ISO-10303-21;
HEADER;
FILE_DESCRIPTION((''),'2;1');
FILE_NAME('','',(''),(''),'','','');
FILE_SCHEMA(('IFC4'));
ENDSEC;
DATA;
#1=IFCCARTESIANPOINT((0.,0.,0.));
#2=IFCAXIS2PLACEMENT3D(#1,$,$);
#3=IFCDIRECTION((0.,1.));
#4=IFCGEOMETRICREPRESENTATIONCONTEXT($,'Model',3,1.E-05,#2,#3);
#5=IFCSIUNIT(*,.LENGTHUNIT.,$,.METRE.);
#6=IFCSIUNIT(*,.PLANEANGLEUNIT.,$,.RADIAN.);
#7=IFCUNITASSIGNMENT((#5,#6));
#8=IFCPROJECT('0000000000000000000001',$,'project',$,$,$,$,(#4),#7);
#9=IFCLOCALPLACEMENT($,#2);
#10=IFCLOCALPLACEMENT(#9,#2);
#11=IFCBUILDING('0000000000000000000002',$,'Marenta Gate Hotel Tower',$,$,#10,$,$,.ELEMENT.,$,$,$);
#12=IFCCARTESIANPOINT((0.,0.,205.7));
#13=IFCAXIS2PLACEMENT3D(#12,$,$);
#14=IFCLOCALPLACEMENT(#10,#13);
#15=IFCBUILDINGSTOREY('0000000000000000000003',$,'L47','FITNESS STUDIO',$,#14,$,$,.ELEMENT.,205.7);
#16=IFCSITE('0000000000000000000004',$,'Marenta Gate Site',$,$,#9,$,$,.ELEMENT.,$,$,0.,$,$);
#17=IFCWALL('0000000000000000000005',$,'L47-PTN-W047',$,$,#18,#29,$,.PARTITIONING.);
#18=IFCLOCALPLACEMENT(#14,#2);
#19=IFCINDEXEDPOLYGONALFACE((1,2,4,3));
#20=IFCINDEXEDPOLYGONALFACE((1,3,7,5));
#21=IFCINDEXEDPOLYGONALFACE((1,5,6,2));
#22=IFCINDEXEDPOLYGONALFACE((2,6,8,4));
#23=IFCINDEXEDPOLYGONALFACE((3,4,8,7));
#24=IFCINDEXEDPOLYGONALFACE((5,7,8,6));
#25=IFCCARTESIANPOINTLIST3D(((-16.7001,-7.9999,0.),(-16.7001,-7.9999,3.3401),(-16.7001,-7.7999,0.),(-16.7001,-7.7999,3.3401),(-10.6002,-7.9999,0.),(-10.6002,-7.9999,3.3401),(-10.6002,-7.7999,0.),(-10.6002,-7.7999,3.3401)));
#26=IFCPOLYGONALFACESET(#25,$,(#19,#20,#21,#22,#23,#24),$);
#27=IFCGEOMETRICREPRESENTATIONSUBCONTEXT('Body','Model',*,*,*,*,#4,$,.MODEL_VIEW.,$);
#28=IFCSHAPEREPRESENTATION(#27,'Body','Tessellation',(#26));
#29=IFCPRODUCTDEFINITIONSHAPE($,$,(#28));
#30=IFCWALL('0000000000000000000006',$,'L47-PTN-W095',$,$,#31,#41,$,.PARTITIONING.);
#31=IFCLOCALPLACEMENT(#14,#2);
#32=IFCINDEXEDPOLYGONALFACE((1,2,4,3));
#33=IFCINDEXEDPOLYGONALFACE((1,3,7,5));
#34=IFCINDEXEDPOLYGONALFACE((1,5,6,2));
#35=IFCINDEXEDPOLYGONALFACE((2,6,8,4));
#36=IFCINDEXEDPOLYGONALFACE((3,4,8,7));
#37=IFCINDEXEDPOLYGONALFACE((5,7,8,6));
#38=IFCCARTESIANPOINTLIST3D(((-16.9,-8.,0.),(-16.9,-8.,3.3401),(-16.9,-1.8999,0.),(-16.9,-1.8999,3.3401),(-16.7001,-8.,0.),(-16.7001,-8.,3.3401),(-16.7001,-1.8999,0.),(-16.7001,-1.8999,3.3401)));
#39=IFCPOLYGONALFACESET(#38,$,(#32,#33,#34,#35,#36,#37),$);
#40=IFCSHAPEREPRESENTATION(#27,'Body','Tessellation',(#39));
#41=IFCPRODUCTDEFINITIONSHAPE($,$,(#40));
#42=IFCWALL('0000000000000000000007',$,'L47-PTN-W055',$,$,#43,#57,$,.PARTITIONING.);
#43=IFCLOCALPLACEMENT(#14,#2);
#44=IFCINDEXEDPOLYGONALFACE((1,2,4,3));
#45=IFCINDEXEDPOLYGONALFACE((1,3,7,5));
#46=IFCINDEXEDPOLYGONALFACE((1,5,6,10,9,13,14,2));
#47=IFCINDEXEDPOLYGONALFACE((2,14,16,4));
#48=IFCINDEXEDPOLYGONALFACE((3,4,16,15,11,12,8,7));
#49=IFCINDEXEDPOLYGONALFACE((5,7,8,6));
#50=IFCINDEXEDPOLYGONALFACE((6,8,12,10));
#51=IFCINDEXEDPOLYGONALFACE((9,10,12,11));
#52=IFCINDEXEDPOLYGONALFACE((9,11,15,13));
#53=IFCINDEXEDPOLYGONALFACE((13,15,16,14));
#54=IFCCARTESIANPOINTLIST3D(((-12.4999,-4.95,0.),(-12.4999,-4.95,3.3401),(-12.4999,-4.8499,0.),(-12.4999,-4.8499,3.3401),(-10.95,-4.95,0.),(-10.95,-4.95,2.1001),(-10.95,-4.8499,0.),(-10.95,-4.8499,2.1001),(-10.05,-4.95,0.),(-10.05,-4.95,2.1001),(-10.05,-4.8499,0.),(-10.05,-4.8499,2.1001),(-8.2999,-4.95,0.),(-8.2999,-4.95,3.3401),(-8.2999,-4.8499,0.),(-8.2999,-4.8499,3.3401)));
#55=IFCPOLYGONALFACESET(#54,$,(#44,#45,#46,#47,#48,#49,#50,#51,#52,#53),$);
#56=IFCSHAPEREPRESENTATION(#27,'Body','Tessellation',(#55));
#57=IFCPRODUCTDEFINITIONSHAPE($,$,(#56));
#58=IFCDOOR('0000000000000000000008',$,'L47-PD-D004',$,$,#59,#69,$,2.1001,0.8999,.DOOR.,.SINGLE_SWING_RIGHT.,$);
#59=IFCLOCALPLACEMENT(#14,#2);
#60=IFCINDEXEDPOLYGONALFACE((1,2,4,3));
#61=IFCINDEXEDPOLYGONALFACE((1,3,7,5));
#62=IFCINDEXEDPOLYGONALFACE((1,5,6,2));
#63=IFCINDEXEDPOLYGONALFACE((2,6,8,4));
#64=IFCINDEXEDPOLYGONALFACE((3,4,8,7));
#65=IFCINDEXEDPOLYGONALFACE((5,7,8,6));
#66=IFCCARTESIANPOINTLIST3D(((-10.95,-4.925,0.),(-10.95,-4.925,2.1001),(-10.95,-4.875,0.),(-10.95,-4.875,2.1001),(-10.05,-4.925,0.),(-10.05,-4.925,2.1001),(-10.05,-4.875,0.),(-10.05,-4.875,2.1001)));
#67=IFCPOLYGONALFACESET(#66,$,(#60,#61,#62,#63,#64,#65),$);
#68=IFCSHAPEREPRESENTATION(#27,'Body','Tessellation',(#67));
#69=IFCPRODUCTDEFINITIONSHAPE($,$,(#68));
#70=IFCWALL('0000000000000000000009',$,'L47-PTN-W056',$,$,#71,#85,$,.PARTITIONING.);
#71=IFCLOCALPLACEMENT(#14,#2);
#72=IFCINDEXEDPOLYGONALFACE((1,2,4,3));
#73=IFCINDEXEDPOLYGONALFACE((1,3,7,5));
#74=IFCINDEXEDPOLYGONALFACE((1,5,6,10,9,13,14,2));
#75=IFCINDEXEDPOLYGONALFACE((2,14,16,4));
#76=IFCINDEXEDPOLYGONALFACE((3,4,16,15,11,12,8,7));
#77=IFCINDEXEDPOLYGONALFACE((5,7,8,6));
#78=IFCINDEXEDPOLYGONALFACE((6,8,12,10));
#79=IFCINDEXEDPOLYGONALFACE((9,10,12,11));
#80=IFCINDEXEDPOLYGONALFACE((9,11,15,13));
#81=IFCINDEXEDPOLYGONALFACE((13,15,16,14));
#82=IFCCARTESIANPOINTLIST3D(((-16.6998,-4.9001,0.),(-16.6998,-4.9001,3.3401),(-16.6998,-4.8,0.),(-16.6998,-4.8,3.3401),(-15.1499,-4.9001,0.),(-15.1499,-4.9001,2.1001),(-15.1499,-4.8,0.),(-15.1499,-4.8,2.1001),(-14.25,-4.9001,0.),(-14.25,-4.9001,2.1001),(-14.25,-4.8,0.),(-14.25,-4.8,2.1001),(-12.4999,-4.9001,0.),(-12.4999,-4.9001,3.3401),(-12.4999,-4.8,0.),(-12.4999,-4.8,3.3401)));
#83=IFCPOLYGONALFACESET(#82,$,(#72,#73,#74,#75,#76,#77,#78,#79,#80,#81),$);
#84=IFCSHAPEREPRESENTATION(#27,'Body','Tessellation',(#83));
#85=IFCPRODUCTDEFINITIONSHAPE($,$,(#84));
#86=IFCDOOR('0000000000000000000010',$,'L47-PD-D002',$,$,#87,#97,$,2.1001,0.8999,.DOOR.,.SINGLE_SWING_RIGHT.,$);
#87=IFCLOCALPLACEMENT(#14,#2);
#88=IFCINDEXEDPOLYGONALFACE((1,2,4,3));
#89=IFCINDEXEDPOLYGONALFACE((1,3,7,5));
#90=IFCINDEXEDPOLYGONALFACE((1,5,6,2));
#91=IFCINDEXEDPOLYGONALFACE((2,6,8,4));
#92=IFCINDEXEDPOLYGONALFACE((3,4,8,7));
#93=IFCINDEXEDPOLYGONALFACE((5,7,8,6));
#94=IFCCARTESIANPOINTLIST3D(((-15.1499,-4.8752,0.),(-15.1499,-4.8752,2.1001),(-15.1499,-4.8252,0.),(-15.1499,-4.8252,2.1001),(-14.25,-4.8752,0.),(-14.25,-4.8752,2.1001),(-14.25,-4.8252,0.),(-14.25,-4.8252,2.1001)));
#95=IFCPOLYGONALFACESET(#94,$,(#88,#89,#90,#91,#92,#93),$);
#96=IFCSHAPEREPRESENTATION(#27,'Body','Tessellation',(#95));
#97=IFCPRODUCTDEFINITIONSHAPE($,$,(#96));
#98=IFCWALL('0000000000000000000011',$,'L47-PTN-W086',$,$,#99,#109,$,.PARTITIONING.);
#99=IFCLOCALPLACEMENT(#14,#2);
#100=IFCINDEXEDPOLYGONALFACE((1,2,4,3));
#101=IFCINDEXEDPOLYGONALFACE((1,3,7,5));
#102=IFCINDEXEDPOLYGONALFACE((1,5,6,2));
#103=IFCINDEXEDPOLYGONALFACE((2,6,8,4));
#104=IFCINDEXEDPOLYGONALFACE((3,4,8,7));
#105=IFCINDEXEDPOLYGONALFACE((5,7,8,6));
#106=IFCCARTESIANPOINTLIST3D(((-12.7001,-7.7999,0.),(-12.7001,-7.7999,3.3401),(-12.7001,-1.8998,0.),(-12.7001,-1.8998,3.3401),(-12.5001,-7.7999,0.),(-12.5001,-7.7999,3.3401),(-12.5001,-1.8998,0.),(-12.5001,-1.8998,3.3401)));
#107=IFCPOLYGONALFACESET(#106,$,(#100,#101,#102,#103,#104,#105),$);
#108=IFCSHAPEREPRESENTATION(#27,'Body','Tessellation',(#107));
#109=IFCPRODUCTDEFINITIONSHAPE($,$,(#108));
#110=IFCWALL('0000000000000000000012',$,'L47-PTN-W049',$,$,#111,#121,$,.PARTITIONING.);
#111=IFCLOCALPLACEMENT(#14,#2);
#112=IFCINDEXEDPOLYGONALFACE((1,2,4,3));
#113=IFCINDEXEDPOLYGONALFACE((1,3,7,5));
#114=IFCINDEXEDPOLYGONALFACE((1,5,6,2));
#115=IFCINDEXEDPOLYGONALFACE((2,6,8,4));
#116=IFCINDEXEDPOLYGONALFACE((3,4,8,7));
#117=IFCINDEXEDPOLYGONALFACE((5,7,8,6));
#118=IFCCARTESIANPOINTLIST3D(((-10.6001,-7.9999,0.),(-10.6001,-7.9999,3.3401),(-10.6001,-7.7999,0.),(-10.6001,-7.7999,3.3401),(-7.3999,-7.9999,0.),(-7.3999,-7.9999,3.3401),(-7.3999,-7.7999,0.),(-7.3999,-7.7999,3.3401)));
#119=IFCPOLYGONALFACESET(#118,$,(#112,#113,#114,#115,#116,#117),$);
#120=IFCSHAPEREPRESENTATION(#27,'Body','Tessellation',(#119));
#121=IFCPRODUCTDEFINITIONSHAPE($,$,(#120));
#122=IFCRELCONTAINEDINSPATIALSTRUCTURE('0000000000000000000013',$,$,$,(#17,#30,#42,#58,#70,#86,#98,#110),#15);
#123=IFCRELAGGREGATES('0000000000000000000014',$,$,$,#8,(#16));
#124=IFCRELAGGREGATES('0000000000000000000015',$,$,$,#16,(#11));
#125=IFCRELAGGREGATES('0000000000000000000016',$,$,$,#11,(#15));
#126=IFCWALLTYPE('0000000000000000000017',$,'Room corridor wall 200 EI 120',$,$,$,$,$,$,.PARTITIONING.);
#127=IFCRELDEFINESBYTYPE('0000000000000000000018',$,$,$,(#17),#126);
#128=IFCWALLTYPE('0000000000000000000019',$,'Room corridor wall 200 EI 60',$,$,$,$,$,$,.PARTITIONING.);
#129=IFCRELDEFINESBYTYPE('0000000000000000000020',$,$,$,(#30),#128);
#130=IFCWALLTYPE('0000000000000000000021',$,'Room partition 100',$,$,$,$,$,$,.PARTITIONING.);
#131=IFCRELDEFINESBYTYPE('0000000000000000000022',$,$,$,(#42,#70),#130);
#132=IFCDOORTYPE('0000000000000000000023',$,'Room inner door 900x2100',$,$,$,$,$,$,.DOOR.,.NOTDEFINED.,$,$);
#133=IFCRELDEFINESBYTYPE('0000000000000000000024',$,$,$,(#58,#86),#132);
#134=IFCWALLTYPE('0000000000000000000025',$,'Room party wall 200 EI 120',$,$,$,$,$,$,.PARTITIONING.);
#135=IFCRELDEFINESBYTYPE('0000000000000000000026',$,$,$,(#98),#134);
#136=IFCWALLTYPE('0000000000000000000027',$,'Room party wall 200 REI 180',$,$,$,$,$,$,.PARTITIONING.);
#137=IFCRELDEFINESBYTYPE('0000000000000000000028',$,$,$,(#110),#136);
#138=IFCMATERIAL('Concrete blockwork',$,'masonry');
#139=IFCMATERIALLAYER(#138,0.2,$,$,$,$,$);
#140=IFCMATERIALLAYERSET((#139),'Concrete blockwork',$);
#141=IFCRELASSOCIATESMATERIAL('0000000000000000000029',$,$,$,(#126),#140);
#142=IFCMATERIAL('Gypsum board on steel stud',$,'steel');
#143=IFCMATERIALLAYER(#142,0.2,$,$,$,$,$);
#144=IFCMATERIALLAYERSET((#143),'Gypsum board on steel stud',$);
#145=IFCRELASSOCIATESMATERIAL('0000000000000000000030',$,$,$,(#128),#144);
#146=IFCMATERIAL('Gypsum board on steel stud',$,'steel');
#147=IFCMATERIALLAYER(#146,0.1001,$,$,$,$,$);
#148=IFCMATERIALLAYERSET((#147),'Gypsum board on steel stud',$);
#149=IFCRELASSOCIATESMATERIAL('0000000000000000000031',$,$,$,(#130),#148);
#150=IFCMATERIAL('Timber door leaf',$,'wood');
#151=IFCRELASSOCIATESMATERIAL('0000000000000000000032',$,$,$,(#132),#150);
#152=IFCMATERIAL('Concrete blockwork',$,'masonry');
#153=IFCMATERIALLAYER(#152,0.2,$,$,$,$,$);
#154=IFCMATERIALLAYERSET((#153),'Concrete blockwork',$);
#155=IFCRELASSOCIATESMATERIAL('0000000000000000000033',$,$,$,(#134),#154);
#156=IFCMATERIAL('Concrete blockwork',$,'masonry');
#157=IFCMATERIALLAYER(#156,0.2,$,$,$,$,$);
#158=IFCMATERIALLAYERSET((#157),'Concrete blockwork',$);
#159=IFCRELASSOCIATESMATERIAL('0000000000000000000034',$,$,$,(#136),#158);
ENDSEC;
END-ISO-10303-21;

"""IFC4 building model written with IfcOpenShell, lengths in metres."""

from ifc_helpers import new_model, si_unit, direction, frame, frame_2d, origin, place, context, subcontext, project, spatial, rectangle, extrude, material, layer, layer_set, type_object, element, fill, save


model = new_model("IFC4")

# Units and contexts
model_context = context("Model", 3, precision=1e-05, world=origin(), true_north=direction((0.0, 1.0)))
body_context = subcontext(model_context, "Body", "Model", "MODEL_VIEW")
ifc_project = project(units=[si_unit("LENGTHUNIT", "METRE"), si_unit("PLANEANGLEUNIT", "RADIAN")], contexts=[model_context])

# Site, building, storey
site_placement = place(None, origin())
site = spatial("IfcSite", under=ifc_project, at=site_placement, Name="Marenta Gate Site", CompositionType="ELEMENT", RefElevation=0.0)
building_placement = place(site_placement, origin())
building = spatial("IfcBuilding", under=site, at=building_placement, Name="Marenta Gate Hotel Tower", CompositionType="ELEMENT")
storey_placement = place(building_placement, frame((0.0, 0.0, 205.7)))
storey = spatial("IfcBuildingStorey", under=building, at=storey_placement, Name="L47", Description="FITNESS STUDIO", CompositionType="ELEMENT", Elevation=205.7)

# Wall
ifc_material_1 = material(Name="Concrete blockwork", Category="masonry")
ifc_layer_1 = layer(ifc_material_1, 0.2)
ifc_layer_set_1 = layer_set([ifc_layer_1], Name="Concrete blockwork")
wall_type_1 = type_object("IfcWallType", Name="Room corridor wall 200 EI 120", PredefinedType="PARTITIONING", material=ifc_layer_set_1)
wall_1_placement = place(storey_placement, frame((-16.7, -7.8999, 0.0), z_axis=(0.0, 0.0, 1.0), x_axis=(1.0, 0.0, 0.0)))
element("IfcWall", 1, at=wall_1_placement, inside=storey, type_object=wall_type_1, Name="L47-PTN-W047", PredefinedType="PARTITIONING", context=body_context, shape_type="SweptSolid", body=[
    extrude(rectangle(XDim=6.0999, YDim=0.2, at=frame_2d((3.0498, 0.0))), origin(), (0.0, 0.0, 1.0), 3.3401),
])

# Wall
ifc_material_2 = material(Name="Gypsum board on steel stud", Category="steel")
ifc_layer_2 = layer(ifc_material_2, 0.2)
ifc_layer_set_2 = layer_set([ifc_layer_2], Name="Gypsum board on steel stud")
wall_type_2 = type_object("IfcWallType", Name="Room corridor wall 200 EI 60", PredefinedType="PARTITIONING", material=ifc_layer_set_2)
wall_2_placement = place(storey_placement, frame((-16.8, -8.0, 0.0), z_axis=(0.0, 0.0, 1.0), x_axis=(0.0, 1.0, 0.0)))
element("IfcWall", 2, at=wall_2_placement, inside=storey, type_object=wall_type_2, Name="L47-PTN-W095", PredefinedType="PARTITIONING", context=body_context, shape_type="SweptSolid", body=[
    extrude(rectangle(XDim=6.1001, YDim=0.2, at=frame_2d((3.05, 0.0))), origin(), (0.0, 0.0, 1.0), 3.3401),
])

# Walls, openings, doors
ifc_material_3 = material(Name="Gypsum board on steel stud", Category="steel")
ifc_layer_3 = layer(ifc_material_3, 0.1001)
ifc_layer_set_3 = layer_set([ifc_layer_3], Name="Gypsum board on steel stud")
wall_type_3 = type_object("IfcWallType", Name="Room partition 100", PredefinedType="PARTITIONING", material=ifc_layer_set_3)
wall_3_placement = place(storey_placement, frame((-12.5, -4.8999, 0.0), z_axis=(0.0, 0.0, 1.0), x_axis=(1.0, 0.0, 0.0)))
wall_3 = element("IfcWall", 3, at=wall_3_placement, inside=storey, type_object=wall_type_3, Name="L47-PTN-W055", PredefinedType="PARTITIONING", context=body_context, shape_type="SweptSolid", body=[
    extrude(rectangle(XDim=4.2, YDim=0.1001, at=frame_2d((2.1001, 0.0))), origin(), (0.0, 0.0, 1.0), 3.3401),
])
opening_1_placement = place(wall_3_placement, frame((1.55, 0.0, 0.0)))
opening_1 = element("IfcOpeningElement", 4, at=opening_1_placement, cuts=wall_3, PredefinedType="OPENING", context=body_context, shape_type="SweptSolid", body=[
    extrude(rectangle(XDim=0.8999, YDim=2.1001, at=frame_2d((0.45, 1.05))), frame((0.0, 0.05, 0.0), z_axis=(0.0, -1.0, 0.0), x_axis=(1.0, 0.0, 0.0)), (0.0, 0.0, 1.0), 0.1001),
])
ifc_material_4 = material(Name="Timber door leaf", Category="wood")
door_type_1 = type_object("IfcDoorType", Name="Room inner door 900x2100", OperationType="NOTDEFINED", PredefinedType="DOOR", material=ifc_material_4)
door_1_placement = place(opening_1_placement, origin())
door_1 = element("IfcDoor", 5, at=door_1_placement, inside=storey, type_object=door_type_1, Name="L47-PD-D004", OperationType="SINGLE_SWING_RIGHT", OverallHeight=2.1001, OverallWidth=0.8999, PredefinedType="DOOR", context=body_context, shape_type="SweptSolid", body=[
    extrude(rectangle(XDim=0.8999, YDim=2.1001, at=frame_2d((0.45, 1.05))), frame((0.0, 0.0249, 0.0), z_axis=(0.0, -1.0, 0.0), x_axis=(1.0, 0.0, 0.0)), (0.0, 0.0, 1.0), 0.05),
])
fill(opening_1, door_1)
wall_4_placement = place(storey_placement, frame((-16.7, -4.8501, 0.0), z_axis=(0.0, 0.0, 1.0), x_axis=(1.0, 0.0, 0.0)))
wall_4 = element("IfcWall", 6, at=wall_4_placement, inside=storey, type_object=wall_type_3, Name="L47-PTN-W056", PredefinedType="PARTITIONING", context=body_context, shape_type="SweptSolid", body=[
    extrude(rectangle(XDim=4.2, YDim=0.1001, at=frame_2d((2.1001, 0.0))), origin(), (0.0, 0.0, 1.0), 3.3401),
])
opening_2_placement = place(wall_4_placement, frame((1.55, 0.0, 0.0)))
opening_2 = element("IfcOpeningElement", 7, at=opening_2_placement, cuts=wall_4, PredefinedType="OPENING", context=body_context, shape_type="SweptSolid", body=[
    extrude(rectangle(XDim=0.8999, YDim=2.1001, at=frame_2d((0.45, 1.05))), frame((0.0, 0.05, 0.0), z_axis=(0.0, -1.0, 0.0), x_axis=(1.0, 0.0, 0.0)), (0.0, 0.0, 1.0), 0.1001),
])
door_2_placement = place(opening_2_placement, origin())
door_2 = element("IfcDoor", 8, at=door_2_placement, inside=storey, type_object=door_type_1, Name="L47-PD-D002", OperationType="SINGLE_SWING_RIGHT", OverallHeight=2.1001, OverallWidth=0.8999, PredefinedType="DOOR", context=body_context, shape_type="SweptSolid", body=[
    extrude(rectangle(XDim=0.8999, YDim=2.1001, at=frame_2d((0.45, 1.05))), frame((0.0, 0.0249, 0.0), z_axis=(0.0, -1.0, 0.0), x_axis=(1.0, 0.0, 0.0)), (0.0, 0.0, 1.0), 0.05),
])
fill(opening_2, door_2)

# Walls
ifc_material_5 = material(Name="Concrete blockwork", Category="masonry")
ifc_layer_4 = layer(ifc_material_5, 0.2)
ifc_layer_set_4 = layer_set([ifc_layer_4], Name="Concrete blockwork")
wall_type_4 = type_object("IfcWallType", Name="Room party wall 200 EI 120", PredefinedType="PARTITIONING", material=ifc_layer_set_4)
wall_5_placement = place(storey_placement, frame((-12.6001, -7.8, 0.0), z_axis=(0.0, 0.0, 1.0), x_axis=(0.0, 1.0, 0.0)))
element("IfcWall", 9, at=wall_5_placement, inside=storey, type_object=wall_type_4, Name="L47-PTN-W086", PredefinedType="PARTITIONING", context=body_context, shape_type="SweptSolid", body=[
    extrude(rectangle(XDim=5.9001, YDim=0.2, at=frame_2d((2.9502, 0.0))), origin(), (0.0, 0.0, 1.0), 3.3401),
])
ifc_material_6 = material(Name="Concrete blockwork", Category="masonry")
ifc_layer_5 = layer(ifc_material_6, 0.2)
ifc_layer_set_5 = layer_set([ifc_layer_5], Name="Concrete blockwork")
wall_type_5 = type_object("IfcWallType", Name="Room party wall 200 REI 180", PredefinedType="PARTITIONING", material=ifc_layer_set_5)
wall_6_placement = place(storey_placement, frame((-10.6001, -7.8999, 0.0), z_axis=(0.0, 0.0, 1.0), x_axis=(1.0, 0.0, 0.0)))
element("IfcWall", 10, at=wall_6_placement, inside=storey, type_object=wall_type_5, Name="L47-PTN-W049", PredefinedType="PARTITIONING", context=body_context, shape_type="SweptSolid", body=[
    extrude(rectangle(XDim=3.2002, YDim=0.2, at=frame_2d((1.6001, 0.0))), origin(), (0.0, 0.0, 1.0), 3.3401),
])

save(model, "model.ifc")
